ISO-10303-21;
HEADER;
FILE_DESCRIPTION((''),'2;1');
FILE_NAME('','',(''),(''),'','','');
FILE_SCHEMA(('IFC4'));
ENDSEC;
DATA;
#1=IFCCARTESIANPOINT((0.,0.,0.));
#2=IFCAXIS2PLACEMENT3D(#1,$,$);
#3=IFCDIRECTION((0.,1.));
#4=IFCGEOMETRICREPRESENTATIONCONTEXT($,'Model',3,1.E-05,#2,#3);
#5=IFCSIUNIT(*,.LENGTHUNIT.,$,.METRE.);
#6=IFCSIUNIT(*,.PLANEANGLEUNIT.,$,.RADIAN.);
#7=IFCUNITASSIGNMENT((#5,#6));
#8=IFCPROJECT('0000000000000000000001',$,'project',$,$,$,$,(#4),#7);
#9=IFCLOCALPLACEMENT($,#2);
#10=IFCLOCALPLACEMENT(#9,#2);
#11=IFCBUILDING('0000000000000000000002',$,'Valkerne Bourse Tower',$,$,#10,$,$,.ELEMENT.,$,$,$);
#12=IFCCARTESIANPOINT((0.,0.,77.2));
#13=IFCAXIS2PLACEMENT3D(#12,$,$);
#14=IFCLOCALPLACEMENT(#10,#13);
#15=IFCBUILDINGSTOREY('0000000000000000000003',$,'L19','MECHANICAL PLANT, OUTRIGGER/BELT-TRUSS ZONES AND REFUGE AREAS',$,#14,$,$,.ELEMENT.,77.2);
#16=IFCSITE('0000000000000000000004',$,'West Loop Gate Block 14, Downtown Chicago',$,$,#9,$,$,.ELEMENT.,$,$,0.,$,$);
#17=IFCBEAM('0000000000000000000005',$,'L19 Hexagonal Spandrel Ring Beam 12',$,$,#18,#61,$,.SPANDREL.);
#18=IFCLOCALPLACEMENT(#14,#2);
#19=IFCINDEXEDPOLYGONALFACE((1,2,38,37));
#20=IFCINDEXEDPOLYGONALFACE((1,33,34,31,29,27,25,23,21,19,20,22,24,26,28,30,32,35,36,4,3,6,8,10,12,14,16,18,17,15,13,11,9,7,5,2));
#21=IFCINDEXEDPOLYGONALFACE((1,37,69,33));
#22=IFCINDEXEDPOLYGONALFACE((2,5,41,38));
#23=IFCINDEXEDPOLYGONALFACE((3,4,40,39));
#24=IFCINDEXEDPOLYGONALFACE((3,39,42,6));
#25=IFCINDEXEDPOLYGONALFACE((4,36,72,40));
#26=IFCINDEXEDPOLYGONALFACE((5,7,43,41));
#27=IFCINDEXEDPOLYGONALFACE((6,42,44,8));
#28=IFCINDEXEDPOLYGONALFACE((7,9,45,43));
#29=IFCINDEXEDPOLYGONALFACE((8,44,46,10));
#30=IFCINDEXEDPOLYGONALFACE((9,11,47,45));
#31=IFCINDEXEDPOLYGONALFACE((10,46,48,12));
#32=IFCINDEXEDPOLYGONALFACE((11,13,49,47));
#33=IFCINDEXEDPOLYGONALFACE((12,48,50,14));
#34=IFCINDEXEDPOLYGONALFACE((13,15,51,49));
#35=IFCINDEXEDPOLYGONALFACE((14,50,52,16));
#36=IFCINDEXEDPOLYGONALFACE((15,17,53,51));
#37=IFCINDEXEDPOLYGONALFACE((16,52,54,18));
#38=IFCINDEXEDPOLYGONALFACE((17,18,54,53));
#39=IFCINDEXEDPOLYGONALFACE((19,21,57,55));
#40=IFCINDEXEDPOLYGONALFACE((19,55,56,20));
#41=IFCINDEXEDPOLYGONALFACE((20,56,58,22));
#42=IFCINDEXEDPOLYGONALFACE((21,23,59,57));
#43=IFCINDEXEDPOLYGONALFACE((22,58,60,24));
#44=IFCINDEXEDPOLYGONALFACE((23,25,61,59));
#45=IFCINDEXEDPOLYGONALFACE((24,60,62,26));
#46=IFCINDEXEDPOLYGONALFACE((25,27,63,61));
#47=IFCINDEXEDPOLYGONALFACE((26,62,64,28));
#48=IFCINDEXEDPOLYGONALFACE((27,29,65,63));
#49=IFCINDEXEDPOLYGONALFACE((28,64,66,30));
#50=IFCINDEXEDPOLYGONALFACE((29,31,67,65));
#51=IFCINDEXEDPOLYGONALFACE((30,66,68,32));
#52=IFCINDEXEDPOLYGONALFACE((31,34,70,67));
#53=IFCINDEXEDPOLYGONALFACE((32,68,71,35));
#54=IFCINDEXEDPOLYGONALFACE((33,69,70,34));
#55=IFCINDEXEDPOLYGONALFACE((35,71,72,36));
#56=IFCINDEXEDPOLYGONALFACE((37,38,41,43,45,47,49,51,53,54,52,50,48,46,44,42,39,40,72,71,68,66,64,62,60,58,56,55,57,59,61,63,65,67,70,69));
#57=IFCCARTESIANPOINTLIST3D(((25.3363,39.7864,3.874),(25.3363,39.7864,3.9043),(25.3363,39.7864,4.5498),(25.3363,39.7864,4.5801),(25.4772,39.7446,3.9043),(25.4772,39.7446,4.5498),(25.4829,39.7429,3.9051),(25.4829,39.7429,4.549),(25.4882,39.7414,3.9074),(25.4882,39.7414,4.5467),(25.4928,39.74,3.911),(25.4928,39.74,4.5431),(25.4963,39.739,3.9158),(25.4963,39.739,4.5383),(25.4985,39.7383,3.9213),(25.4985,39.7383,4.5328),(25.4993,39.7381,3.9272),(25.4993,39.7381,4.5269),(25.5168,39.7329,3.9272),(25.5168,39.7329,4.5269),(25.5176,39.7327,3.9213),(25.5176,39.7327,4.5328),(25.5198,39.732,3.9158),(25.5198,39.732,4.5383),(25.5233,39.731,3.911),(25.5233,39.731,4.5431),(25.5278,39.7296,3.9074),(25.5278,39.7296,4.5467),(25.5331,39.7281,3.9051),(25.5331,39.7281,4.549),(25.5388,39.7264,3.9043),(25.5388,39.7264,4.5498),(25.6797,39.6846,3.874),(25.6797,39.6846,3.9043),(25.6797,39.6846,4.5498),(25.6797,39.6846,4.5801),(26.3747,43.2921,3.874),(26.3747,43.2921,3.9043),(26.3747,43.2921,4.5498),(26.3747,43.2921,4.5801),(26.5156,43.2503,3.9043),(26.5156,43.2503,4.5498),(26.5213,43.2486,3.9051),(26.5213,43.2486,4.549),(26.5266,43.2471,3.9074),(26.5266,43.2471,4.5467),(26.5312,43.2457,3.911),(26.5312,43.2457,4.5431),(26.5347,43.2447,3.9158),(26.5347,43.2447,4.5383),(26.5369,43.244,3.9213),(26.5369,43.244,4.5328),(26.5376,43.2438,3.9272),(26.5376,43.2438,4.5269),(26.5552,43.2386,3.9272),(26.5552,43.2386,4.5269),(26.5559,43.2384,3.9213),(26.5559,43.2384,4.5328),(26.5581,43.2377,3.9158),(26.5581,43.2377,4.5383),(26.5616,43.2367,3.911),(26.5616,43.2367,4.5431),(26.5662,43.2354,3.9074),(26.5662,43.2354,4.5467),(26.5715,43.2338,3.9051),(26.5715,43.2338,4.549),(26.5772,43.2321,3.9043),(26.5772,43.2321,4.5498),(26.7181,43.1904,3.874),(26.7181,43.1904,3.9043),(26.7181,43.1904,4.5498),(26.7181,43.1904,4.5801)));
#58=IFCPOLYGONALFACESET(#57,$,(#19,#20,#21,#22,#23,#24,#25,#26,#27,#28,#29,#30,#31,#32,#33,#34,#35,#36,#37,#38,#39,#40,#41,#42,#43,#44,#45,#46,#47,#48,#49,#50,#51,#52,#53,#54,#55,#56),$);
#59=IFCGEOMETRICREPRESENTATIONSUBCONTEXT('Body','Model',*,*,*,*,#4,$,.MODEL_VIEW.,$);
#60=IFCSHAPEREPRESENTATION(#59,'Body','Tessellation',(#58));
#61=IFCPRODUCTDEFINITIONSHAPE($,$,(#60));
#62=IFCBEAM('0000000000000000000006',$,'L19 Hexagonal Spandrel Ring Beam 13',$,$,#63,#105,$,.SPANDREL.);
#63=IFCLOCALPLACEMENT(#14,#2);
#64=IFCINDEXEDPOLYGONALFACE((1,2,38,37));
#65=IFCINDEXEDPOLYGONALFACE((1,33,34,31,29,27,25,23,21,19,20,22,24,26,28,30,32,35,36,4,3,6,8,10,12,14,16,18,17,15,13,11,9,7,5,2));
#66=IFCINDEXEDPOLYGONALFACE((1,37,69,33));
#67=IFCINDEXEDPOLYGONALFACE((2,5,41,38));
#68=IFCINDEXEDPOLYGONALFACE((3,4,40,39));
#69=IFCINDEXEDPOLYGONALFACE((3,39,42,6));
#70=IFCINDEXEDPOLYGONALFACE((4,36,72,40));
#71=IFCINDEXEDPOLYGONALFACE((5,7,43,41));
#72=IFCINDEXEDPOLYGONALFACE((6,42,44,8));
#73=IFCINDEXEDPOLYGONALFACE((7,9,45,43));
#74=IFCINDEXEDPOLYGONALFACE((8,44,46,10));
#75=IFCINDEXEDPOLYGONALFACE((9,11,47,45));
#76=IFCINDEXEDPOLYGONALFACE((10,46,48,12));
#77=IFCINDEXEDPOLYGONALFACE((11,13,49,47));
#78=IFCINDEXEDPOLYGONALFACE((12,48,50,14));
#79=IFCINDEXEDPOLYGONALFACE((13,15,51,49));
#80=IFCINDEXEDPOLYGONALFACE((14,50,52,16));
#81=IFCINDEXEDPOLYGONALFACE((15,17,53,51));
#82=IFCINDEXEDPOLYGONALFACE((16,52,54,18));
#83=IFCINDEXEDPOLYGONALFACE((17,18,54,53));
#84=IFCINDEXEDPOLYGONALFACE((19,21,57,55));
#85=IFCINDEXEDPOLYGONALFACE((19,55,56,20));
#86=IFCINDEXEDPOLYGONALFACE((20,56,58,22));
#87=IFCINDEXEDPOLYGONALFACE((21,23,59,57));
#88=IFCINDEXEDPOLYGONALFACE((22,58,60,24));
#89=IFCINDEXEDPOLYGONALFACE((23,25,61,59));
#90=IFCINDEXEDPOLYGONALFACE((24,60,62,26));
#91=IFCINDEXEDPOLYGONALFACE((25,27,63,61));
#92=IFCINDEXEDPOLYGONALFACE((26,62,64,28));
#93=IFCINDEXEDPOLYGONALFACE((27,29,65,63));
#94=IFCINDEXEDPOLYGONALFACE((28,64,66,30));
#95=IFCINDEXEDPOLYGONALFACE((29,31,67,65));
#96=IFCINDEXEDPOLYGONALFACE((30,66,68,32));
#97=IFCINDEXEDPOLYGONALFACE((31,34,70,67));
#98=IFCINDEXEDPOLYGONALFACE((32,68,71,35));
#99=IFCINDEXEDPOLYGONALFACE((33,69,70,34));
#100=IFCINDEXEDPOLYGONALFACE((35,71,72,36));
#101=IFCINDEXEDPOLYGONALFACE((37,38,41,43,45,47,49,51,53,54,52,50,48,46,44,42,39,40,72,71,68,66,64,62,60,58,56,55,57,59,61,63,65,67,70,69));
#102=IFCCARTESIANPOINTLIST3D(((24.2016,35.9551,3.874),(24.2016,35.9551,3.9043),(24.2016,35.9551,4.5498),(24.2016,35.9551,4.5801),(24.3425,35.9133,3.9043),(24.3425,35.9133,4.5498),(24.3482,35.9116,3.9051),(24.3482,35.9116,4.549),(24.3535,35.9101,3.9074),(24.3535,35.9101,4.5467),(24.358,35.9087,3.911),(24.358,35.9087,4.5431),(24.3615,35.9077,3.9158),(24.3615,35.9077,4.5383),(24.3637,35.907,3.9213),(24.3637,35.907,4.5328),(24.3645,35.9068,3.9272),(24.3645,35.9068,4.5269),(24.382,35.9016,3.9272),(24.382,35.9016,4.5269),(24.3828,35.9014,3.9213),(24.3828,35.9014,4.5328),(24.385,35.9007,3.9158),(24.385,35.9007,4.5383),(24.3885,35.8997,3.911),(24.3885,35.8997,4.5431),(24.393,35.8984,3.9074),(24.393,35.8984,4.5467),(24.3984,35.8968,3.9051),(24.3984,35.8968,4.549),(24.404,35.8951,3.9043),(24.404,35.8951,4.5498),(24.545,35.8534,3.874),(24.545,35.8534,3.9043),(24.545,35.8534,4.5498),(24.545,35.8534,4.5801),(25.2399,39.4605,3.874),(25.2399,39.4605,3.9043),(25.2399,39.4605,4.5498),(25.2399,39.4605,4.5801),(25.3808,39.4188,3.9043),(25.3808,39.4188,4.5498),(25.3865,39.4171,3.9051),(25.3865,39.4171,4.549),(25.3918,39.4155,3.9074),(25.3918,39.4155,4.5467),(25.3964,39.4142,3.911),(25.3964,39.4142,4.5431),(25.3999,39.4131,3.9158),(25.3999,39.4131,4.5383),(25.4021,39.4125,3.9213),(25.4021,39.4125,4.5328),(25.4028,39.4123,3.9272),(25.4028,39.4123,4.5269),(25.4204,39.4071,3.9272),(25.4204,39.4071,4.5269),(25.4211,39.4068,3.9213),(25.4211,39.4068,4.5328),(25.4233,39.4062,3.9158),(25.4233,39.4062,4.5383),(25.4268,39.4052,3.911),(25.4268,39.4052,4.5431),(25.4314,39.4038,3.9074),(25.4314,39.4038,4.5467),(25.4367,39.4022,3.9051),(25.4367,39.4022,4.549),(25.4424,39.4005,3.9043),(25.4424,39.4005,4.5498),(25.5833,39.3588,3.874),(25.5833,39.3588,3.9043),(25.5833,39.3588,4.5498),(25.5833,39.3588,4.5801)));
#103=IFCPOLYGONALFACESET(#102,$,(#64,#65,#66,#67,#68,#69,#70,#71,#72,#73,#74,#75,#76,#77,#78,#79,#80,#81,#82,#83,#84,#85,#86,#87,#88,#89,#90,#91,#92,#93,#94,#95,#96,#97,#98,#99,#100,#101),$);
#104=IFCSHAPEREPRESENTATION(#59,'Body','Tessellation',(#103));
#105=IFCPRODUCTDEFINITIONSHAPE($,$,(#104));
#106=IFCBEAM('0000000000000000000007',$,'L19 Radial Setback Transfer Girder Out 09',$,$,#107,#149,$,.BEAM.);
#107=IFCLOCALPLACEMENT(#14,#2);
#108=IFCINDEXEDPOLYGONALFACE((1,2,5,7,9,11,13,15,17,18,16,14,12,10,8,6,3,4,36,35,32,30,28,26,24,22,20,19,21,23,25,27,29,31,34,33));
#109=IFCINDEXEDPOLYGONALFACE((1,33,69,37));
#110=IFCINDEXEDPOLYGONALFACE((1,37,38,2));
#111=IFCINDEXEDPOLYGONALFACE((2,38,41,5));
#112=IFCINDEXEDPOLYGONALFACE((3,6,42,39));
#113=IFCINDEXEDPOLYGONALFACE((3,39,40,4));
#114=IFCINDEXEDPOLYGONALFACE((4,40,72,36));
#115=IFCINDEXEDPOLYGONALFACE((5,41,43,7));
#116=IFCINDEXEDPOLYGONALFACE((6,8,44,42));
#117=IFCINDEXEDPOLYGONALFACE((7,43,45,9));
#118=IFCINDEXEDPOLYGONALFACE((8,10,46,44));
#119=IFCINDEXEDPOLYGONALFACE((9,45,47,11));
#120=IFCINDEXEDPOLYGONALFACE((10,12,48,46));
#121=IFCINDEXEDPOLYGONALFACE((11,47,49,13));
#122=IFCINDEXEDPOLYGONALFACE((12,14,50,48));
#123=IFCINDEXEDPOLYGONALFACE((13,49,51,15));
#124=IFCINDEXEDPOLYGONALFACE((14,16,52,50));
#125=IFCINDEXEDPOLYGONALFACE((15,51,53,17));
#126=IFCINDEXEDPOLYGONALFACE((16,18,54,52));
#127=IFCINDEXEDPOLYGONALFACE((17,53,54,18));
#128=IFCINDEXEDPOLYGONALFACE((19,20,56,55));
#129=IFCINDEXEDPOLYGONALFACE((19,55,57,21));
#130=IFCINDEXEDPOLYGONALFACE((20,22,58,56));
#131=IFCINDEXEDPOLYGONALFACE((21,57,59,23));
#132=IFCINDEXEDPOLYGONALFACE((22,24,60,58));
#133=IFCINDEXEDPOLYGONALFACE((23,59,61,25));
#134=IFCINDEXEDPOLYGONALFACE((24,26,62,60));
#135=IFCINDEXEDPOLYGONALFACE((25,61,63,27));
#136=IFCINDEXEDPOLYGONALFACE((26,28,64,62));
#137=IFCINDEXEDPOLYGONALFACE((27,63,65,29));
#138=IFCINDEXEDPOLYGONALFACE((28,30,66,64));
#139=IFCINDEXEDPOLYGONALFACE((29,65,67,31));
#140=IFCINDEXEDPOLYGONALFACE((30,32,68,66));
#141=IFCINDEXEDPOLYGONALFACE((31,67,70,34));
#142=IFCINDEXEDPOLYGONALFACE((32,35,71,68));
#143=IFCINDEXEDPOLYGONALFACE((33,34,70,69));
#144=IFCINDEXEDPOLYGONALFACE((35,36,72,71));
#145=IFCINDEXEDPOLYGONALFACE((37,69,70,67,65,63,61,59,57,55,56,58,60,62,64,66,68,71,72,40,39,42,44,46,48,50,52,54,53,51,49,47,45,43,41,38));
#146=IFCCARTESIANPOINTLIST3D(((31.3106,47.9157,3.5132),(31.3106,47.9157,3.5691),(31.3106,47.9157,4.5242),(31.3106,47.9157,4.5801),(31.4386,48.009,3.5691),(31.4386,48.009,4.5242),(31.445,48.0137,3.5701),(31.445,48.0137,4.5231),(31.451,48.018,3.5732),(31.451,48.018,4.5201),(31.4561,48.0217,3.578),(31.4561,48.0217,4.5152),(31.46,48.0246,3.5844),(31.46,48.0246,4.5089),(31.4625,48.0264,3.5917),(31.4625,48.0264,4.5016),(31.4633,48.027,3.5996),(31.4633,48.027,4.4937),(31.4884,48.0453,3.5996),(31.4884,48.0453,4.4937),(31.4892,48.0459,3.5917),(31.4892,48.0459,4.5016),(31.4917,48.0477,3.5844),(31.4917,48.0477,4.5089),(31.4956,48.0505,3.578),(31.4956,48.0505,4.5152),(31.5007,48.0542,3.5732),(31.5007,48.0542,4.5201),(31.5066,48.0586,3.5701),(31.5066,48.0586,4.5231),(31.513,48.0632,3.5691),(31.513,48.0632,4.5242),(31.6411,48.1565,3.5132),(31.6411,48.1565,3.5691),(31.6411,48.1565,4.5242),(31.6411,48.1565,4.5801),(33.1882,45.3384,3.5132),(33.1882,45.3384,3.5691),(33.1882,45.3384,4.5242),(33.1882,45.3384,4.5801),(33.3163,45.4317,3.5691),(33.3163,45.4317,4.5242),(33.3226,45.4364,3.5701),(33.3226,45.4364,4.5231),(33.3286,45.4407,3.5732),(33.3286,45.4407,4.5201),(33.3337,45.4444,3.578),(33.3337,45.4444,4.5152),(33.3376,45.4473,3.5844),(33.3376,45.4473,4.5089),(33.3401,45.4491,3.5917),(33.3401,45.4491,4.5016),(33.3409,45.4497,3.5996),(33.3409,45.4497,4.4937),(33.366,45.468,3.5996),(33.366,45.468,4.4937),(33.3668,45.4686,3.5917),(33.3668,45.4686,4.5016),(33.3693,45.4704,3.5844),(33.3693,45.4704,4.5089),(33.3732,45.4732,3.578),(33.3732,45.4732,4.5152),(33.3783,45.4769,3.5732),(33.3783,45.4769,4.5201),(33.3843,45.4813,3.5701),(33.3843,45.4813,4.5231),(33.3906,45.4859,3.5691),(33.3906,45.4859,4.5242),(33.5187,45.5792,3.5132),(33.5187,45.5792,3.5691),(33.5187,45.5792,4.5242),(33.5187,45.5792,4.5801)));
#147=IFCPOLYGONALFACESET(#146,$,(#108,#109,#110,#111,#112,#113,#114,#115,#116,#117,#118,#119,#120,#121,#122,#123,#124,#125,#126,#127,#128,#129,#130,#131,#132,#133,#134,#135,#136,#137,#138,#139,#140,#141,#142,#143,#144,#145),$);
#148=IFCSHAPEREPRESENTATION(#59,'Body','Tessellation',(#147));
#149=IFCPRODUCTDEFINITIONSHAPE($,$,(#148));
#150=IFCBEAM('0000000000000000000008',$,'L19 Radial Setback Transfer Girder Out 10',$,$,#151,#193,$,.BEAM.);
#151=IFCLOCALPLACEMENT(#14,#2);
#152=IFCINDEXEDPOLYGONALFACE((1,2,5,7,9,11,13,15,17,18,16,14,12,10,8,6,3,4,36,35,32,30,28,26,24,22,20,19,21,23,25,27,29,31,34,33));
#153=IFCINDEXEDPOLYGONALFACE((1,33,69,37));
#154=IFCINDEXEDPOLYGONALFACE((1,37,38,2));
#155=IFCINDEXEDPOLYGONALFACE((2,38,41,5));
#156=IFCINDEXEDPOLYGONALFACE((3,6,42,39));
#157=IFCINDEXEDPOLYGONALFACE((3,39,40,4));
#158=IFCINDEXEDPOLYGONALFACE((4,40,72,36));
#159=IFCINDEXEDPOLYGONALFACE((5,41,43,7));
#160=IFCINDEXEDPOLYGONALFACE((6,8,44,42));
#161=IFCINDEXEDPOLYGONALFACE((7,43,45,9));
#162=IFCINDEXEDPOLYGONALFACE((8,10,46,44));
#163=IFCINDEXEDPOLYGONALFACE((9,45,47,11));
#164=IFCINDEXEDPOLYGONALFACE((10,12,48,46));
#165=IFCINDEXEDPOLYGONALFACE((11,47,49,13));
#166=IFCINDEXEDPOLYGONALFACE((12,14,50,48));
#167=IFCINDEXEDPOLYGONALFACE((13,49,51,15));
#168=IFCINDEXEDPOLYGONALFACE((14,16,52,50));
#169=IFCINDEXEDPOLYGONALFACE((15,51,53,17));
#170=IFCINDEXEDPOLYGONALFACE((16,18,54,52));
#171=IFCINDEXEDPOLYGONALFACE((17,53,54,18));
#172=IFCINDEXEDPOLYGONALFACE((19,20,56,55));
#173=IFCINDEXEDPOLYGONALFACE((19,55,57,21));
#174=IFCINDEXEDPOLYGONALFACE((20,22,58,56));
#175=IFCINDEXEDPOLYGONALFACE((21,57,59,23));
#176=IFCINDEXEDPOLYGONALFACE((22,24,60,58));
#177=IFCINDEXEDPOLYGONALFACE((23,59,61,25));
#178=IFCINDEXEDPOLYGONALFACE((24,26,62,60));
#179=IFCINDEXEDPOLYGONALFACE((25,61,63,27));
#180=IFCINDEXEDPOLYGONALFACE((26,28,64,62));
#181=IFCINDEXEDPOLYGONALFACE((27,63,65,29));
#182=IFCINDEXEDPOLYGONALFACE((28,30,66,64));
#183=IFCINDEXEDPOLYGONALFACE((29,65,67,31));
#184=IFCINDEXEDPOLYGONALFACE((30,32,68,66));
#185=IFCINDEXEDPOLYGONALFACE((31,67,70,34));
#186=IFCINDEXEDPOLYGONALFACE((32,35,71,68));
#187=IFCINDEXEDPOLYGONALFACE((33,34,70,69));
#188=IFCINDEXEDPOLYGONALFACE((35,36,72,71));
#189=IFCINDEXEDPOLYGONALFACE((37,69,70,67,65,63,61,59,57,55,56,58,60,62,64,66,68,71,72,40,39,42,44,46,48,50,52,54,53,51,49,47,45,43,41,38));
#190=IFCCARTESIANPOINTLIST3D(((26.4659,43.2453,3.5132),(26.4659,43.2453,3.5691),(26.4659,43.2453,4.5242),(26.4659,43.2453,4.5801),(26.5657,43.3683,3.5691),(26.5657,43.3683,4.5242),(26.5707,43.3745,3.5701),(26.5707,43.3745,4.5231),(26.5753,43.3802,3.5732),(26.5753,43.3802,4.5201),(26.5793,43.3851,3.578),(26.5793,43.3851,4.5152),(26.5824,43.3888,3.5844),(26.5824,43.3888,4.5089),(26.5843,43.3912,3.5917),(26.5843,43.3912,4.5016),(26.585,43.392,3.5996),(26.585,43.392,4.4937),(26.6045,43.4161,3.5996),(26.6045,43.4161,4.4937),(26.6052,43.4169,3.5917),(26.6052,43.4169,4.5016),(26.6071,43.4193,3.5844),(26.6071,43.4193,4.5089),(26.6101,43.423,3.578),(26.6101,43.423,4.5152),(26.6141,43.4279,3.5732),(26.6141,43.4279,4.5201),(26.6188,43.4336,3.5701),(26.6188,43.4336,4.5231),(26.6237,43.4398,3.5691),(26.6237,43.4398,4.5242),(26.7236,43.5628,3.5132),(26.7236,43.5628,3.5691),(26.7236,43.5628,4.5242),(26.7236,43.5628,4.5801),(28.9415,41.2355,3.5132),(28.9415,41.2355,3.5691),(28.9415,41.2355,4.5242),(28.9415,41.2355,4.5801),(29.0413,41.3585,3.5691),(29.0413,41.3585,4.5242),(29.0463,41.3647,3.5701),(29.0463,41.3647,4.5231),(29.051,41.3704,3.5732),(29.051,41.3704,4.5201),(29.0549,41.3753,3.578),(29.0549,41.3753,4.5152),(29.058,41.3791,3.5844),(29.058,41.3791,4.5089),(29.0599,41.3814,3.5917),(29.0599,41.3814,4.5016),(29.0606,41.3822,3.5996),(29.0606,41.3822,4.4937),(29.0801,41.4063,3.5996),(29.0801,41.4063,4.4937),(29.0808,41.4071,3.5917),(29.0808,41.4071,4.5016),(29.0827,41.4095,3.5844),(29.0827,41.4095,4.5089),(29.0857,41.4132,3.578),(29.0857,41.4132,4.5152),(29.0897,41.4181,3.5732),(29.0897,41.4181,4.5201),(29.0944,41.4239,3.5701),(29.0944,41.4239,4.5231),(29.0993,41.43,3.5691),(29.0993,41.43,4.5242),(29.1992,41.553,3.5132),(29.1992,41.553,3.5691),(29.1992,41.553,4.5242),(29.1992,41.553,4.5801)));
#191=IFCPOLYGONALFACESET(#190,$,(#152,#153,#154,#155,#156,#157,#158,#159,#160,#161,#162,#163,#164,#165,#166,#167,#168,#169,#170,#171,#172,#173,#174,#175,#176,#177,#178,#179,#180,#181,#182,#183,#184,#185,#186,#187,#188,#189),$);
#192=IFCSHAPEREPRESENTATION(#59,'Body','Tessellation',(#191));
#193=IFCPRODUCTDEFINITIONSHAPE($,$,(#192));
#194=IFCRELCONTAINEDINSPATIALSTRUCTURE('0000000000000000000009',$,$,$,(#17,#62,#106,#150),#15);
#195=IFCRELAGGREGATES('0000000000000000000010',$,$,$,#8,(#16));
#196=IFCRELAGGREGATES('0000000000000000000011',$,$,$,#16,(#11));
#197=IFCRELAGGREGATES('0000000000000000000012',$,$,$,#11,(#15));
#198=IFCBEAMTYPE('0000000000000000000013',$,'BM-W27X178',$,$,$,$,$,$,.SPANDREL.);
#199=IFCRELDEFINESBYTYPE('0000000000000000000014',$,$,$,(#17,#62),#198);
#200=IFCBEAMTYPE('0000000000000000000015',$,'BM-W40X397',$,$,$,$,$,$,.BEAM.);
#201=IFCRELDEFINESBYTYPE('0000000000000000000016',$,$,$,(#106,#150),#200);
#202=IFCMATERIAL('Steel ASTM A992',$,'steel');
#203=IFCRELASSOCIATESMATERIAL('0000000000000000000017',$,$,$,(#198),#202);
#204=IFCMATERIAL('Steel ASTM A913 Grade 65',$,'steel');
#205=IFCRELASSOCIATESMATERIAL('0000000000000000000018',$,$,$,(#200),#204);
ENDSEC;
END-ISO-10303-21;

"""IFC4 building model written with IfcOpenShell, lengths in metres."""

from ifc_helpers import new_model, si_unit, direction, frame, origin, origin_2d, place, context, subcontext, project, spatial, i_section, extrude, material, material_profile, profile_set, type_object, element, save


model = new_model("IFC4")

# Units and contexts
model_context = context("Model", 3, precision=1e-05, world=origin(), true_north=direction((0.0, 1.0)))
body_context = subcontext(model_context, "Body", "Model", "MODEL_VIEW")
ifc_project = project(units=[si_unit("LENGTHUNIT", "METRE"), si_unit("PLANEANGLEUNIT", "RADIAN")], contexts=[model_context])

# Site, building, storey
site_placement = place(None, origin())
site = spatial("IfcSite", under=ifc_project, at=site_placement, Name="West Loop Gate Block 14, Downtown Chicago", CompositionType="ELEMENT", RefElevation=0.0)
building_placement = place(site_placement, origin())
building = spatial("IfcBuilding", under=site, at=building_placement, Name="Valkerne Bourse Tower", CompositionType="ELEMENT")
storey_placement = place(building_placement, frame((0.0, 0.0, 77.2)))
storey = spatial("IfcBuildingStorey", under=building, at=storey_placement, Name="L19", Description="MECHANICAL PLANT, OUTRIGGER/BELT-TRUSS ZONES AND REFUGE AREAS", CompositionType="ELEMENT", Elevation=77.2)

# Shared definitions
ifc_material_1 = material(Name="Steel ASTM A913 Grade 65", Category="steel")

# Beams
ifc_material_2 = material(Name="Steel ASTM A992", Category="steel")
ifc_material_profile_1 = material_profile(ifc_material_2, i_section(OverallWidth=0.3582, OverallDepth=0.7061, WebThickness=0.0183, FlangeThickness=0.0303, FilletRadius=0.0229, at=origin_2d()), Name="W27X178")
ifc_profile_set_1 = profile_set([ifc_material_profile_1], Name="Steel ASTM A992")
beam_type_1 = type_object("IfcBeamType", Name="BM-W27X178", PredefinedType="SPANDREL", material=ifc_profile_set_1)
beam_1_placement = place(storey_placement, frame((26.5464, 43.2412, 4.2271), z_axis=(-0.283995, -0.958826, 0.0), x_axis=(0.958826, -0.283995, 0.0)))
element("IfcBeam", 1, at=beam_1_placement, inside=storey, type_object=beam_type_1, Name="L19 Hexagonal Spandrel Ring Beam 12", PredefinedType="SPANDREL", context=body_context, shape_type="SweptSolid", body=[
    extrude(i_section(OverallWidth=0.3582, OverallDepth=0.7061, WebThickness=0.0183, FlangeThickness=0.0303, FilletRadius=0.0229, at=origin_2d()), origin(), (0.0, 0.0, 1.0), 3.6562),
])
beam_2_placement = place(storey_placement, frame((25.4116, 39.4097, 4.2271), z_axis=(-0.284013, -0.95882, 0.0), x_axis=(0.95882, -0.284013, 0.0)))
element("IfcBeam", 2, at=beam_2_placement, inside=storey, type_object=beam_type_1, Name="L19 Hexagonal Spandrel Ring Beam 13", PredefinedType="SPANDREL", context=body_context, shape_type="SweptSolid", body=[
    extrude(i_section(OverallWidth=0.3582, OverallDepth=0.7061, WebThickness=0.0183, FlangeThickness=0.0303, FilletRadius=0.0229, at=origin_2d()), origin(), (0.0, 0.0, 1.0), 3.656),
])
ifc_material_profile_2 = material_profile(ifc_material_1, i_section(OverallWidth=0.4089, OverallDepth=1.0669, WebThickness=0.031, FlangeThickness=0.0559, FilletRadius=0.0305, at=origin_2d()), Name="W40X397")
ifc_profile_set_2 = profile_set([ifc_material_profile_2], Name="Steel ASTM A913 Grade 65")
beam_type_2 = type_object("IfcBeamType", Name="BM-W40X397", PredefinedType="BEAM", material=ifc_profile_set_2)
for number, where, z_axis, x_axis, name in (
    (3, (31.4758, 48.0361, 4.0466), (0.588832, -0.808256, 0.0), (0.808256, 0.588832, 0.0), "L19 Radial Setback Transfer Girder Out 09"),
    (4, (26.5947, 43.4041, 4.0466), (0.776367, -0.630281, 0.0), (0.630281, 0.776367, 0.0), "L19 Radial Setback Transfer Girder Out 10"),
):
    element("IfcBeam", number, at=place(storey_placement, frame(where, z_axis=z_axis, x_axis=x_axis)), inside=storey, type_object=beam_type_2, Name=name, PredefinedType="BEAM", context=body_context, shape_type="SweptSolid", body=[
        extrude(i_section(OverallWidth=0.4089, OverallDepth=1.0669, WebThickness=0.031, FlangeThickness=0.0559, FilletRadius=0.0305, at=origin_2d()), origin(), (0.0, 0.0, 1.0), 3.1887),
    ])

save(model, "model.ifc")
